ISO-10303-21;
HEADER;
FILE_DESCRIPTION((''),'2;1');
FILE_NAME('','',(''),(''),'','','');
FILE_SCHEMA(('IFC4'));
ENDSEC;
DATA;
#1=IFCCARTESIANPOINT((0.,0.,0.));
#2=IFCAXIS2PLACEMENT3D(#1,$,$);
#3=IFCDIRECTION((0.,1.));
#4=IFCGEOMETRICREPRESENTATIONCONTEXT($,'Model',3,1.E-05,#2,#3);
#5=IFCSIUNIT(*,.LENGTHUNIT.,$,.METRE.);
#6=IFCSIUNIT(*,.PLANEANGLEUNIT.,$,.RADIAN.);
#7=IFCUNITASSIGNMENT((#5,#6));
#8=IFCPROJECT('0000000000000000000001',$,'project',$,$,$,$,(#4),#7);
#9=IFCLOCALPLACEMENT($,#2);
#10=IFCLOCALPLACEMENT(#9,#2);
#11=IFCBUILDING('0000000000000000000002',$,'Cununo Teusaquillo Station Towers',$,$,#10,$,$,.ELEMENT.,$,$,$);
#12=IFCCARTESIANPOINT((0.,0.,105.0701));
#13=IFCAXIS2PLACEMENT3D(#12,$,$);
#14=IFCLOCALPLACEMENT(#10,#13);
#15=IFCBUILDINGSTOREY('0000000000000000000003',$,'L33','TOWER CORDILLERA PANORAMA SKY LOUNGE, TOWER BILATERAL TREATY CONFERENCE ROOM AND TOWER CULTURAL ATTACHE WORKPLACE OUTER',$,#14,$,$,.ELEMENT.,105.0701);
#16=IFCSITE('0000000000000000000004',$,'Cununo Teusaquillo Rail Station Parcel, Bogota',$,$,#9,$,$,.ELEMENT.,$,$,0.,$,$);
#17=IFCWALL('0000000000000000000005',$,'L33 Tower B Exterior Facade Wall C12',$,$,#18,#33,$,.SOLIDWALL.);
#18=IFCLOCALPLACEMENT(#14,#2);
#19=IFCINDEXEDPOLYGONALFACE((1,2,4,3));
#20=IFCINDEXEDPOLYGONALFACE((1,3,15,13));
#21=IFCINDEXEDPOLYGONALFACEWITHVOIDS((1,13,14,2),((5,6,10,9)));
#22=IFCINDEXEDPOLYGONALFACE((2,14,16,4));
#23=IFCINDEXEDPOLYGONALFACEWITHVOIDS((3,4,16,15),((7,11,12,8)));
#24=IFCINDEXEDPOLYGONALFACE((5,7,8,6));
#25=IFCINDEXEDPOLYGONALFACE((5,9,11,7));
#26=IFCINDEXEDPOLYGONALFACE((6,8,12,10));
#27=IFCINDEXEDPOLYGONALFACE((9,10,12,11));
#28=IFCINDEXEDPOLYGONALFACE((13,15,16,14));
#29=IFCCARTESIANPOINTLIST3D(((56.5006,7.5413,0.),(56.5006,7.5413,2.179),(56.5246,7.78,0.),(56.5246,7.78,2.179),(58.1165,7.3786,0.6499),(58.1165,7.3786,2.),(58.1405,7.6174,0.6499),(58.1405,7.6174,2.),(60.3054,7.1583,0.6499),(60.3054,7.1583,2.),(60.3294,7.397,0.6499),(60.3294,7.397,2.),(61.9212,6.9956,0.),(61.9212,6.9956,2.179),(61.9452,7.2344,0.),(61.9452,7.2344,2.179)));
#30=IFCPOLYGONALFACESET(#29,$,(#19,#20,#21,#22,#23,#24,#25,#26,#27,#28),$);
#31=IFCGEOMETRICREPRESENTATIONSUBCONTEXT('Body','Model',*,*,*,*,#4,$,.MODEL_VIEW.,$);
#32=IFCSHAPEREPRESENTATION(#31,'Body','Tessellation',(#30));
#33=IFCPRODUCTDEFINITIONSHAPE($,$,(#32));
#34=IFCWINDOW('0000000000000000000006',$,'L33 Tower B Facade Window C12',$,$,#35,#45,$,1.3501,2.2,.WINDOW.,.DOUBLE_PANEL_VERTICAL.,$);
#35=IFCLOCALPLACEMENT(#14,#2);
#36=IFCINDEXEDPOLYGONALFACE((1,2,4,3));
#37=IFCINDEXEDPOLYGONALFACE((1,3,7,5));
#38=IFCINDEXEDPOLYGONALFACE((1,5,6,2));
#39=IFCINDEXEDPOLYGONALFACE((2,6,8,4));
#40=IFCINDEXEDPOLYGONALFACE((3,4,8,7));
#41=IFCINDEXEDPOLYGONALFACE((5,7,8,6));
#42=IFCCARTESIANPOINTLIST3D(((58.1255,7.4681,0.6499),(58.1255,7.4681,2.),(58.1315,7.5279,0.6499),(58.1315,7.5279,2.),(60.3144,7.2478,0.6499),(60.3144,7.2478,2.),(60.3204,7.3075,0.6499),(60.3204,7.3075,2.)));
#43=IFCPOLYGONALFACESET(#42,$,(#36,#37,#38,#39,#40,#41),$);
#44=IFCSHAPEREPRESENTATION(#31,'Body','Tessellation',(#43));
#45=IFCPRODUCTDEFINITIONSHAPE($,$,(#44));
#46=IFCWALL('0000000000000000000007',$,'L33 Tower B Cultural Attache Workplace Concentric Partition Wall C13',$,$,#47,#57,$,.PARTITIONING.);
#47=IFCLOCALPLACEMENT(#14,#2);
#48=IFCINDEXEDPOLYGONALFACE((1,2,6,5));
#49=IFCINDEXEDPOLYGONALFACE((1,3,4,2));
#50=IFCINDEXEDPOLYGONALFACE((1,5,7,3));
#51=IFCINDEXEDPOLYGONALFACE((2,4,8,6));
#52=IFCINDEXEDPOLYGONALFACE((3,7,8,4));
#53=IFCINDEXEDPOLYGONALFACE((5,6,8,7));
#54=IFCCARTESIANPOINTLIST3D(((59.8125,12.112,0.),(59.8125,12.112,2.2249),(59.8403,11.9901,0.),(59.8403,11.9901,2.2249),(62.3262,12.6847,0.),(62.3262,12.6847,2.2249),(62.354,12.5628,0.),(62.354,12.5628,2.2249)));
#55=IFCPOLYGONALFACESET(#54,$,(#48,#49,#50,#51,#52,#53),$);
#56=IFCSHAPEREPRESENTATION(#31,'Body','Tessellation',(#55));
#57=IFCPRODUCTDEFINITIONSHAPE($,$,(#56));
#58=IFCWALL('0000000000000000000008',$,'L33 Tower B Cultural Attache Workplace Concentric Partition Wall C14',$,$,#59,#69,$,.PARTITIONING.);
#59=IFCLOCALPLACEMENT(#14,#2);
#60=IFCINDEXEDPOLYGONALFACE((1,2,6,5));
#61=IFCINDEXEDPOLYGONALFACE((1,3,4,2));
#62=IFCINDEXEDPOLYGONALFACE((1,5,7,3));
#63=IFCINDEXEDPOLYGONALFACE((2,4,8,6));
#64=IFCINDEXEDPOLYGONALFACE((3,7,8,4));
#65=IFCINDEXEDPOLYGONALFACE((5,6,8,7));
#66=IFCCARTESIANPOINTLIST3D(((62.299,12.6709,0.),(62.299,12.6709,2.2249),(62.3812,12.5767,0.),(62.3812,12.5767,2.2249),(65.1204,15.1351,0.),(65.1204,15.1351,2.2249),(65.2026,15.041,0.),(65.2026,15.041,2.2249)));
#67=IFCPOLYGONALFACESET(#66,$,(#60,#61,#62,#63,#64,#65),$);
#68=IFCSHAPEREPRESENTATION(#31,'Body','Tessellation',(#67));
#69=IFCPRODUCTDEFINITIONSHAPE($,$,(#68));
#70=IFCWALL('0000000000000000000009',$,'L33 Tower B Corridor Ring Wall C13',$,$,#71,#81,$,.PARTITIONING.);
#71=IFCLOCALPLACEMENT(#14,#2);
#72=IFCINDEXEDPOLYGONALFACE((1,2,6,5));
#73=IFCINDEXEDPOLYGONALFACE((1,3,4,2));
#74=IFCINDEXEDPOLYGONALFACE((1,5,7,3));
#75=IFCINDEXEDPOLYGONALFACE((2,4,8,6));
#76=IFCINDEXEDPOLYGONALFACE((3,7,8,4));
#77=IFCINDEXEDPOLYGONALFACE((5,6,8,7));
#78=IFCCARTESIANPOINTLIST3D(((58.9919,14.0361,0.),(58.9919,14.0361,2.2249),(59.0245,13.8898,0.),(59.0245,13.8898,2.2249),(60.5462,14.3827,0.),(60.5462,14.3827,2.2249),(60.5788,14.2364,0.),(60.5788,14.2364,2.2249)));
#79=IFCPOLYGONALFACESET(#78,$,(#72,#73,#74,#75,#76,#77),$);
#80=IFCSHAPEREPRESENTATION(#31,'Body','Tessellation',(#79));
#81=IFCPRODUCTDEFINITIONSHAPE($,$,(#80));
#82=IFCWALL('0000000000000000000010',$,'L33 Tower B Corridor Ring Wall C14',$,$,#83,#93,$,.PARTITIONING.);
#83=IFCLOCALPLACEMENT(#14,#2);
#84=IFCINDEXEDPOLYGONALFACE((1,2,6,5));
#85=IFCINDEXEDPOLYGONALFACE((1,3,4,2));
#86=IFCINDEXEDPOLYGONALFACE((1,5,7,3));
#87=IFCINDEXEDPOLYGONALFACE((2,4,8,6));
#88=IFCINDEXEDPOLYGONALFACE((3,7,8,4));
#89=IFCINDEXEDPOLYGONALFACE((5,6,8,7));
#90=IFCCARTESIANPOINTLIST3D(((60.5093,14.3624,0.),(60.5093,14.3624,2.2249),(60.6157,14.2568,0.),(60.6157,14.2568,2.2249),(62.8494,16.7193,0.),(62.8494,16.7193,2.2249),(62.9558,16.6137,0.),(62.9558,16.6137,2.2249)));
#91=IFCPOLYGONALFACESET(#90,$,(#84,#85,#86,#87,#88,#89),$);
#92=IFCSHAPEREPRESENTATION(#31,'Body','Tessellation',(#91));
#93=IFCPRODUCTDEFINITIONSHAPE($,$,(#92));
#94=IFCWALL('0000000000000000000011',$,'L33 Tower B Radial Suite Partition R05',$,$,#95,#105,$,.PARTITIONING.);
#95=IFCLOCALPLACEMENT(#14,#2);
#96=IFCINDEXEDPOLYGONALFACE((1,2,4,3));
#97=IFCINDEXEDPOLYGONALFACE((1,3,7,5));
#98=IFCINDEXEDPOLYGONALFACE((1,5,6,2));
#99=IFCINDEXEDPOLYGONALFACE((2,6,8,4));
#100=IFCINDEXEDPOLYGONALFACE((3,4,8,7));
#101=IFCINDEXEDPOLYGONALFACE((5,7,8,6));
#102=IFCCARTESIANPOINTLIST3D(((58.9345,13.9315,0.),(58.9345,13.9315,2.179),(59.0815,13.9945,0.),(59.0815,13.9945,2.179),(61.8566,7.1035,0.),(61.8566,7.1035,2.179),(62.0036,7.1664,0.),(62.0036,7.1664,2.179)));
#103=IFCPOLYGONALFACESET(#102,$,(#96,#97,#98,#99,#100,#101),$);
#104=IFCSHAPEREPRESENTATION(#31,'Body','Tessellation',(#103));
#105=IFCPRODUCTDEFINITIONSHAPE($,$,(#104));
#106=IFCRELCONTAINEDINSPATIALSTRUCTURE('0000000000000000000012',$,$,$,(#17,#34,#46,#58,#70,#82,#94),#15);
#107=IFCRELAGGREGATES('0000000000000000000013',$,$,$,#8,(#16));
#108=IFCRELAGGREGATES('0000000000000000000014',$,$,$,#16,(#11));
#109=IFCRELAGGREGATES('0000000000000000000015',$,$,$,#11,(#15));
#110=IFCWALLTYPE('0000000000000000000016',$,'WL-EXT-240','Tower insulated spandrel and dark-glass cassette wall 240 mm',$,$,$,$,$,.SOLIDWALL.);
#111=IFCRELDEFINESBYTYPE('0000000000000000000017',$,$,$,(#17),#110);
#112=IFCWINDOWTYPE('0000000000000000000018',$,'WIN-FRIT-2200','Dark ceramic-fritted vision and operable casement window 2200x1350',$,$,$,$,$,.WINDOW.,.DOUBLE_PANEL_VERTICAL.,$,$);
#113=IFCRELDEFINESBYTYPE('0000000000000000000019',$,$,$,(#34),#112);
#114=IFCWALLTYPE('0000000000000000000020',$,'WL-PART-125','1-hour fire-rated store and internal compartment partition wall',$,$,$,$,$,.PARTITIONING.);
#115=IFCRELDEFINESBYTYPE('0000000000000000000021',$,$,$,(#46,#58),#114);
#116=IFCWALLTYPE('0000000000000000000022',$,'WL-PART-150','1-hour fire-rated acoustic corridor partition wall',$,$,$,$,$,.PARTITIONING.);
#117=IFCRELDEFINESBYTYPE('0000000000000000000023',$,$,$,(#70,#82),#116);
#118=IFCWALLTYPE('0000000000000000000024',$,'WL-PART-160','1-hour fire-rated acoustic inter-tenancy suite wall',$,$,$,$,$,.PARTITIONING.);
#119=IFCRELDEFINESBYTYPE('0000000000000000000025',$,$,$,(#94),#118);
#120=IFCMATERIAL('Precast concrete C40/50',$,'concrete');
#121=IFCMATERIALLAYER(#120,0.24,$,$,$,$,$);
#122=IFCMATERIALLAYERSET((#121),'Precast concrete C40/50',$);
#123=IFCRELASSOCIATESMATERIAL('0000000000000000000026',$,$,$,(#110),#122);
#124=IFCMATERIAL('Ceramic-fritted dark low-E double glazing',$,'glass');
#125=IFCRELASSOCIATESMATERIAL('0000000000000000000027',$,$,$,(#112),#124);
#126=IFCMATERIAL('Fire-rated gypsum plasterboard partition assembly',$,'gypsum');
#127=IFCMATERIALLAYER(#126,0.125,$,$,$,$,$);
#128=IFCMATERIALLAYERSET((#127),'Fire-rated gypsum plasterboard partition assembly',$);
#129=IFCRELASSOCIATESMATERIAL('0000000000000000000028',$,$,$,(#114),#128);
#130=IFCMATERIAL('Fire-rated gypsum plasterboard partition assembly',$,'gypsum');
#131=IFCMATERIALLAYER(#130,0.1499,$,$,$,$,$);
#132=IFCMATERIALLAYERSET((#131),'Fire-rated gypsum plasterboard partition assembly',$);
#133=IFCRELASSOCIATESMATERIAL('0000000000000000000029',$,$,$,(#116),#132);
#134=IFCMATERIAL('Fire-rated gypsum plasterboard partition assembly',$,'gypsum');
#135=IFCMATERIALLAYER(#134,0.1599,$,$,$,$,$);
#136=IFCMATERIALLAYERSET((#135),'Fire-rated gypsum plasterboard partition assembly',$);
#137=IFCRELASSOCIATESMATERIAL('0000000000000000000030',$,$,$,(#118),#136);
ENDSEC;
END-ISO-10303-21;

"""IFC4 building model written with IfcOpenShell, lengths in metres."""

from ifc_helpers import new_model, si_unit, direction, frame, frame_2d, origin, place, context, subcontext, project, spatial, rectangle, extrude, source, transform, mapped, material, layer, layer_set, type_object, element, fill, save


model = new_model("IFC4")

# Units and contexts
model_context = context("Model", 3, precision=1e-05, world=origin(), true_north=direction((0.0, 1.0)))
body_context = subcontext(model_context, "Body", "Model", "MODEL_VIEW")
ifc_project = project(units=[si_unit("LENGTHUNIT", "METRE"), si_unit("PLANEANGLEUNIT", "RADIAN")], contexts=[model_context])

# Site, building, storey
site_placement = place(None, origin())
site = spatial("IfcSite", under=ifc_project, at=site_placement, Name="Cununo Teusaquillo Rail Station Parcel, Bogota", CompositionType="ELEMENT", RefElevation=0.0)
building_placement = place(site_placement, origin())
building = spatial("IfcBuilding", under=site, at=building_placement, Name="Cununo Teusaquillo Station Towers", CompositionType="ELEMENT")
storey_placement = place(building_placement, frame((0.0, 0.0, 105.0701)))
storey = spatial("IfcBuildingStorey", under=building, at=storey_placement, Name="L33", Description="TOWER CORDILLERA PANORAMA SKY LOUNGE, TOWER BILATERAL TREATY CONFERENCE ROOM AND TOWER CULTURAL ATTACHE WORKPLACE OUTER", CompositionType="ELEMENT", Elevation=105.0701)

# Wall, opening, window
ifc_material_1 = material(Name="Precast concrete C40/50", Category="concrete")
ifc_layer_1 = layer(ifc_material_1, 0.24)
ifc_layer_set_1 = layer_set([ifc_layer_1], Name="Precast concrete C40/50")
wall_type_1 = type_object("IfcWallType", Name="WL-EXT-240", Description="Tower insulated spandrel and dark-glass cassette wall 240 mm", PredefinedType="SOLIDWALL", material=ifc_layer_set_1)
wall_1_placement = place(storey_placement, frame((61.9333, 7.115, 0.0), z_axis=(0.0, 0.0, 1.0), x_axis=(-0.994972, 0.100156, 0.0)))
wall_1 = element("IfcWall", 1, at=wall_1_placement, inside=storey, type_object=wall_type_1, Name="L33 Tower B Exterior Facade Wall C12", PredefinedType="SOLIDWALL", context=body_context, shape_type="SweptSolid", body=[
    extrude(rectangle(XDim=5.448, YDim=0.24, at=frame_2d((2.7241, 0.0))), origin(), (0.0, 0.0, 1.0), 2.179),
])
shared_shape_1 = source(origin(), body_context, "Body", "SweptSolid", [
    extrude(rectangle(XDim=2.2, YDim=1.3501, at=frame_2d((1.1001, 0.675))), frame((0.0, 0.1299, 0.0), z_axis=(0.0, -1.0, 0.0), x_axis=(1.0, 0.0, 0.0)), (0.0, 0.0, 1.0), 0.26),
])
opening_1_placement = place(wall_1_placement, frame((1.624, 0.0, 0.6499)))
opening_1 = element("IfcOpeningElement", 2, at=opening_1_placement, cuts=wall_1, PredefinedType="OPENING", context=body_context, shape_type="MappedRepresentation", body=[
    mapped(shared_shape_1, transform((0.0, 0.0, 0.0), x_axis=(1.0, 0.0, 0.0), y_axis=(0.0, 1.0, 0.0), z_axis=(0.0, 0.0, 1.0), scale=1.0)),
])
ifc_material_2 = material(Name="Ceramic-fritted dark low-E double glazing", Category="glass")
window_type = type_object("IfcWindowType", Name="WIN-FRIT-2200", Description="Dark ceramic-fritted vision and operable casement window 2200x1350", PartitioningType="DOUBLE_PANEL_VERTICAL", PredefinedType="WINDOW", material=ifc_material_2)
shared_shape_2 = source(origin(), body_context, "Body", "SweptSolid", [
    extrude(rectangle(XDim=2.2, YDim=1.3501, at=frame_2d((1.1001, 0.675))), frame((0.0, 0.03, 0.0), z_axis=(0.0, -1.0, 0.0), x_axis=(1.0, 0.0, 0.0)), (0.0, 0.0, 1.0), 0.0601),
])
window_placement = place(opening_1_placement, origin())
window = element("IfcWindow", 3, at=window_placement, inside=storey, type_object=window_type, Name="L33 Tower B Facade Window C12", OverallHeight=1.3501, OverallWidth=2.2, PartitioningType="DOUBLE_PANEL_VERTICAL", PredefinedType="WINDOW", context=body_context, shape_type="MappedRepresentation", body=[
    mapped(shared_shape_2, transform((0.0, 0.0, 0.0), x_axis=(1.0, 0.0, 0.0), y_axis=(0.0, 1.0, 0.0), z_axis=(0.0, 0.0, 1.0), scale=1.0)),
])
fill(opening_1, window)

# Walls
ifc_material_3 = material(Name="Fire-rated gypsum plasterboard partition assembly", Category="gypsum")
ifc_layer_2 = layer(ifc_material_3, 0.125)
ifc_layer_set_2 = layer_set([ifc_layer_2], Name="Fire-rated gypsum plasterboard partition assembly")
wall_type_2 = type_object("IfcWallType", Name="WL-PART-125", Description="1-hour fire-rated store and internal compartment partition wall", PredefinedType="PARTITIONING", material=ifc_layer_set_2)
wall_2_placement = place(storey_placement, frame((59.8264, 12.051, 0.0), z_axis=(0.0, 0.0, 1.0), x_axis=(0.97501, 0.222161, 0.0)))
element("IfcWall", 4, at=wall_2_placement, inside=storey, type_object=wall_type_2, Name="L33 Tower B Cultural Attache Workplace Concentric Partition Wall C13", PredefinedType="PARTITIONING", context=body_context, shape_type="SweptSolid", body=[
    extrude(rectangle(XDim=2.5781, YDim=0.125, at=frame_2d((1.2891, 0.0))), origin(), (0.0, 0.0, 1.0), 2.2249),
])
wall_3_placement = place(storey_placement, frame((62.3401, 12.6238, 0.0), z_axis=(0.0, 0.0, 1.0), x_axis=(0.75317, 0.657826, 0.0)))
element("IfcWall", 5, at=wall_3_placement, inside=storey, type_object=wall_type_2, Name="L33 Tower B Cultural Attache Workplace Concentric Partition Wall C14", PredefinedType="PARTITIONING", context=body_context, shape_type="SweptSolid", body=[
    extrude(rectangle(XDim=3.7461, YDim=0.125, at=frame_2d((1.873, 0.0))), origin(), (0.0, 0.0, 1.0), 2.2249),
])
ifc_material_4 = material(Name="Fire-rated gypsum plasterboard partition assembly", Category="gypsum")
ifc_layer_3 = layer(ifc_material_4, 0.1499)
ifc_layer_set_3 = layer_set([ifc_layer_3], Name="Fire-rated gypsum plasterboard partition assembly")
wall_type_3 = type_object("IfcWallType", Name="WL-PART-150", Description="1-hour fire-rated acoustic corridor partition wall", PredefinedType="PARTITIONING", material=ifc_layer_set_3)
wall_4_placement = place(storey_placement, frame((59.0081, 13.9629, 0.0), z_axis=(0.0, 0.0, 1.0), x_axis=(0.976021, 0.217677, 0.0)))
element("IfcWall", 6, at=wall_4_placement, inside=storey, type_object=wall_type_3, Name="L33 Tower B Corridor Ring Wall C13", PredefinedType="PARTITIONING", context=body_context, shape_type="SweptSolid", body=[
    extrude(rectangle(XDim=1.5925, YDim=0.1499, at=frame_2d((0.7964, 0.0))), origin(), (0.0, 0.0, 1.0), 2.2249),
])
wall_5_placement = place(storey_placement, frame((60.5625, 14.3096, 0.0), z_axis=(0.0, 0.0, 1.0), x_axis=(0.704566, 0.709638, 0.0)))
element("IfcWall", 7, at=wall_5_placement, inside=storey, type_object=wall_type_3, Name="L33 Tower B Corridor Ring Wall C14", PredefinedType="PARTITIONING", context=body_context, shape_type="SweptSolid", body=[
    extrude(rectangle(XDim=3.3213, YDim=0.1499, at=frame_2d((1.6606, 0.0))), origin(), (0.0, 0.0, 1.0), 2.2249),
])
ifc_material_5 = material(Name="Fire-rated gypsum plasterboard partition assembly", Category="gypsum")
ifc_layer_4 = layer(ifc_material_5, 0.1599)
ifc_layer_set_4 = layer_set([ifc_layer_4], Name="Fire-rated gypsum plasterboard partition assembly")
wall_type_4 = type_object("IfcWallType", Name="WL-PART-160", Description="1-hour fire-rated acoustic inter-tenancy suite wall", PredefinedType="PARTITIONING", material=ifc_layer_set_4)
wall_6_placement = place(storey_placement, frame((59.0081, 13.9629, 0.0), z_axis=(0.0, 0.0, 1.0), x_axis=(0.393439, -0.919351, 0.0)))
element("IfcWall", 8, at=wall_6_placement, inside=storey, type_object=wall_type_4, Name="L33 Tower B Radial Suite Partition R05", PredefinedType="PARTITIONING", context=body_context, shape_type="SweptSolid", body=[
    extrude(rectangle(XDim=7.427, YDim=0.1599, at=frame_2d((3.7134, 0.0))), origin(), (0.0, 0.0, 1.0), 2.179),
])

save(model, "model.ifc")
